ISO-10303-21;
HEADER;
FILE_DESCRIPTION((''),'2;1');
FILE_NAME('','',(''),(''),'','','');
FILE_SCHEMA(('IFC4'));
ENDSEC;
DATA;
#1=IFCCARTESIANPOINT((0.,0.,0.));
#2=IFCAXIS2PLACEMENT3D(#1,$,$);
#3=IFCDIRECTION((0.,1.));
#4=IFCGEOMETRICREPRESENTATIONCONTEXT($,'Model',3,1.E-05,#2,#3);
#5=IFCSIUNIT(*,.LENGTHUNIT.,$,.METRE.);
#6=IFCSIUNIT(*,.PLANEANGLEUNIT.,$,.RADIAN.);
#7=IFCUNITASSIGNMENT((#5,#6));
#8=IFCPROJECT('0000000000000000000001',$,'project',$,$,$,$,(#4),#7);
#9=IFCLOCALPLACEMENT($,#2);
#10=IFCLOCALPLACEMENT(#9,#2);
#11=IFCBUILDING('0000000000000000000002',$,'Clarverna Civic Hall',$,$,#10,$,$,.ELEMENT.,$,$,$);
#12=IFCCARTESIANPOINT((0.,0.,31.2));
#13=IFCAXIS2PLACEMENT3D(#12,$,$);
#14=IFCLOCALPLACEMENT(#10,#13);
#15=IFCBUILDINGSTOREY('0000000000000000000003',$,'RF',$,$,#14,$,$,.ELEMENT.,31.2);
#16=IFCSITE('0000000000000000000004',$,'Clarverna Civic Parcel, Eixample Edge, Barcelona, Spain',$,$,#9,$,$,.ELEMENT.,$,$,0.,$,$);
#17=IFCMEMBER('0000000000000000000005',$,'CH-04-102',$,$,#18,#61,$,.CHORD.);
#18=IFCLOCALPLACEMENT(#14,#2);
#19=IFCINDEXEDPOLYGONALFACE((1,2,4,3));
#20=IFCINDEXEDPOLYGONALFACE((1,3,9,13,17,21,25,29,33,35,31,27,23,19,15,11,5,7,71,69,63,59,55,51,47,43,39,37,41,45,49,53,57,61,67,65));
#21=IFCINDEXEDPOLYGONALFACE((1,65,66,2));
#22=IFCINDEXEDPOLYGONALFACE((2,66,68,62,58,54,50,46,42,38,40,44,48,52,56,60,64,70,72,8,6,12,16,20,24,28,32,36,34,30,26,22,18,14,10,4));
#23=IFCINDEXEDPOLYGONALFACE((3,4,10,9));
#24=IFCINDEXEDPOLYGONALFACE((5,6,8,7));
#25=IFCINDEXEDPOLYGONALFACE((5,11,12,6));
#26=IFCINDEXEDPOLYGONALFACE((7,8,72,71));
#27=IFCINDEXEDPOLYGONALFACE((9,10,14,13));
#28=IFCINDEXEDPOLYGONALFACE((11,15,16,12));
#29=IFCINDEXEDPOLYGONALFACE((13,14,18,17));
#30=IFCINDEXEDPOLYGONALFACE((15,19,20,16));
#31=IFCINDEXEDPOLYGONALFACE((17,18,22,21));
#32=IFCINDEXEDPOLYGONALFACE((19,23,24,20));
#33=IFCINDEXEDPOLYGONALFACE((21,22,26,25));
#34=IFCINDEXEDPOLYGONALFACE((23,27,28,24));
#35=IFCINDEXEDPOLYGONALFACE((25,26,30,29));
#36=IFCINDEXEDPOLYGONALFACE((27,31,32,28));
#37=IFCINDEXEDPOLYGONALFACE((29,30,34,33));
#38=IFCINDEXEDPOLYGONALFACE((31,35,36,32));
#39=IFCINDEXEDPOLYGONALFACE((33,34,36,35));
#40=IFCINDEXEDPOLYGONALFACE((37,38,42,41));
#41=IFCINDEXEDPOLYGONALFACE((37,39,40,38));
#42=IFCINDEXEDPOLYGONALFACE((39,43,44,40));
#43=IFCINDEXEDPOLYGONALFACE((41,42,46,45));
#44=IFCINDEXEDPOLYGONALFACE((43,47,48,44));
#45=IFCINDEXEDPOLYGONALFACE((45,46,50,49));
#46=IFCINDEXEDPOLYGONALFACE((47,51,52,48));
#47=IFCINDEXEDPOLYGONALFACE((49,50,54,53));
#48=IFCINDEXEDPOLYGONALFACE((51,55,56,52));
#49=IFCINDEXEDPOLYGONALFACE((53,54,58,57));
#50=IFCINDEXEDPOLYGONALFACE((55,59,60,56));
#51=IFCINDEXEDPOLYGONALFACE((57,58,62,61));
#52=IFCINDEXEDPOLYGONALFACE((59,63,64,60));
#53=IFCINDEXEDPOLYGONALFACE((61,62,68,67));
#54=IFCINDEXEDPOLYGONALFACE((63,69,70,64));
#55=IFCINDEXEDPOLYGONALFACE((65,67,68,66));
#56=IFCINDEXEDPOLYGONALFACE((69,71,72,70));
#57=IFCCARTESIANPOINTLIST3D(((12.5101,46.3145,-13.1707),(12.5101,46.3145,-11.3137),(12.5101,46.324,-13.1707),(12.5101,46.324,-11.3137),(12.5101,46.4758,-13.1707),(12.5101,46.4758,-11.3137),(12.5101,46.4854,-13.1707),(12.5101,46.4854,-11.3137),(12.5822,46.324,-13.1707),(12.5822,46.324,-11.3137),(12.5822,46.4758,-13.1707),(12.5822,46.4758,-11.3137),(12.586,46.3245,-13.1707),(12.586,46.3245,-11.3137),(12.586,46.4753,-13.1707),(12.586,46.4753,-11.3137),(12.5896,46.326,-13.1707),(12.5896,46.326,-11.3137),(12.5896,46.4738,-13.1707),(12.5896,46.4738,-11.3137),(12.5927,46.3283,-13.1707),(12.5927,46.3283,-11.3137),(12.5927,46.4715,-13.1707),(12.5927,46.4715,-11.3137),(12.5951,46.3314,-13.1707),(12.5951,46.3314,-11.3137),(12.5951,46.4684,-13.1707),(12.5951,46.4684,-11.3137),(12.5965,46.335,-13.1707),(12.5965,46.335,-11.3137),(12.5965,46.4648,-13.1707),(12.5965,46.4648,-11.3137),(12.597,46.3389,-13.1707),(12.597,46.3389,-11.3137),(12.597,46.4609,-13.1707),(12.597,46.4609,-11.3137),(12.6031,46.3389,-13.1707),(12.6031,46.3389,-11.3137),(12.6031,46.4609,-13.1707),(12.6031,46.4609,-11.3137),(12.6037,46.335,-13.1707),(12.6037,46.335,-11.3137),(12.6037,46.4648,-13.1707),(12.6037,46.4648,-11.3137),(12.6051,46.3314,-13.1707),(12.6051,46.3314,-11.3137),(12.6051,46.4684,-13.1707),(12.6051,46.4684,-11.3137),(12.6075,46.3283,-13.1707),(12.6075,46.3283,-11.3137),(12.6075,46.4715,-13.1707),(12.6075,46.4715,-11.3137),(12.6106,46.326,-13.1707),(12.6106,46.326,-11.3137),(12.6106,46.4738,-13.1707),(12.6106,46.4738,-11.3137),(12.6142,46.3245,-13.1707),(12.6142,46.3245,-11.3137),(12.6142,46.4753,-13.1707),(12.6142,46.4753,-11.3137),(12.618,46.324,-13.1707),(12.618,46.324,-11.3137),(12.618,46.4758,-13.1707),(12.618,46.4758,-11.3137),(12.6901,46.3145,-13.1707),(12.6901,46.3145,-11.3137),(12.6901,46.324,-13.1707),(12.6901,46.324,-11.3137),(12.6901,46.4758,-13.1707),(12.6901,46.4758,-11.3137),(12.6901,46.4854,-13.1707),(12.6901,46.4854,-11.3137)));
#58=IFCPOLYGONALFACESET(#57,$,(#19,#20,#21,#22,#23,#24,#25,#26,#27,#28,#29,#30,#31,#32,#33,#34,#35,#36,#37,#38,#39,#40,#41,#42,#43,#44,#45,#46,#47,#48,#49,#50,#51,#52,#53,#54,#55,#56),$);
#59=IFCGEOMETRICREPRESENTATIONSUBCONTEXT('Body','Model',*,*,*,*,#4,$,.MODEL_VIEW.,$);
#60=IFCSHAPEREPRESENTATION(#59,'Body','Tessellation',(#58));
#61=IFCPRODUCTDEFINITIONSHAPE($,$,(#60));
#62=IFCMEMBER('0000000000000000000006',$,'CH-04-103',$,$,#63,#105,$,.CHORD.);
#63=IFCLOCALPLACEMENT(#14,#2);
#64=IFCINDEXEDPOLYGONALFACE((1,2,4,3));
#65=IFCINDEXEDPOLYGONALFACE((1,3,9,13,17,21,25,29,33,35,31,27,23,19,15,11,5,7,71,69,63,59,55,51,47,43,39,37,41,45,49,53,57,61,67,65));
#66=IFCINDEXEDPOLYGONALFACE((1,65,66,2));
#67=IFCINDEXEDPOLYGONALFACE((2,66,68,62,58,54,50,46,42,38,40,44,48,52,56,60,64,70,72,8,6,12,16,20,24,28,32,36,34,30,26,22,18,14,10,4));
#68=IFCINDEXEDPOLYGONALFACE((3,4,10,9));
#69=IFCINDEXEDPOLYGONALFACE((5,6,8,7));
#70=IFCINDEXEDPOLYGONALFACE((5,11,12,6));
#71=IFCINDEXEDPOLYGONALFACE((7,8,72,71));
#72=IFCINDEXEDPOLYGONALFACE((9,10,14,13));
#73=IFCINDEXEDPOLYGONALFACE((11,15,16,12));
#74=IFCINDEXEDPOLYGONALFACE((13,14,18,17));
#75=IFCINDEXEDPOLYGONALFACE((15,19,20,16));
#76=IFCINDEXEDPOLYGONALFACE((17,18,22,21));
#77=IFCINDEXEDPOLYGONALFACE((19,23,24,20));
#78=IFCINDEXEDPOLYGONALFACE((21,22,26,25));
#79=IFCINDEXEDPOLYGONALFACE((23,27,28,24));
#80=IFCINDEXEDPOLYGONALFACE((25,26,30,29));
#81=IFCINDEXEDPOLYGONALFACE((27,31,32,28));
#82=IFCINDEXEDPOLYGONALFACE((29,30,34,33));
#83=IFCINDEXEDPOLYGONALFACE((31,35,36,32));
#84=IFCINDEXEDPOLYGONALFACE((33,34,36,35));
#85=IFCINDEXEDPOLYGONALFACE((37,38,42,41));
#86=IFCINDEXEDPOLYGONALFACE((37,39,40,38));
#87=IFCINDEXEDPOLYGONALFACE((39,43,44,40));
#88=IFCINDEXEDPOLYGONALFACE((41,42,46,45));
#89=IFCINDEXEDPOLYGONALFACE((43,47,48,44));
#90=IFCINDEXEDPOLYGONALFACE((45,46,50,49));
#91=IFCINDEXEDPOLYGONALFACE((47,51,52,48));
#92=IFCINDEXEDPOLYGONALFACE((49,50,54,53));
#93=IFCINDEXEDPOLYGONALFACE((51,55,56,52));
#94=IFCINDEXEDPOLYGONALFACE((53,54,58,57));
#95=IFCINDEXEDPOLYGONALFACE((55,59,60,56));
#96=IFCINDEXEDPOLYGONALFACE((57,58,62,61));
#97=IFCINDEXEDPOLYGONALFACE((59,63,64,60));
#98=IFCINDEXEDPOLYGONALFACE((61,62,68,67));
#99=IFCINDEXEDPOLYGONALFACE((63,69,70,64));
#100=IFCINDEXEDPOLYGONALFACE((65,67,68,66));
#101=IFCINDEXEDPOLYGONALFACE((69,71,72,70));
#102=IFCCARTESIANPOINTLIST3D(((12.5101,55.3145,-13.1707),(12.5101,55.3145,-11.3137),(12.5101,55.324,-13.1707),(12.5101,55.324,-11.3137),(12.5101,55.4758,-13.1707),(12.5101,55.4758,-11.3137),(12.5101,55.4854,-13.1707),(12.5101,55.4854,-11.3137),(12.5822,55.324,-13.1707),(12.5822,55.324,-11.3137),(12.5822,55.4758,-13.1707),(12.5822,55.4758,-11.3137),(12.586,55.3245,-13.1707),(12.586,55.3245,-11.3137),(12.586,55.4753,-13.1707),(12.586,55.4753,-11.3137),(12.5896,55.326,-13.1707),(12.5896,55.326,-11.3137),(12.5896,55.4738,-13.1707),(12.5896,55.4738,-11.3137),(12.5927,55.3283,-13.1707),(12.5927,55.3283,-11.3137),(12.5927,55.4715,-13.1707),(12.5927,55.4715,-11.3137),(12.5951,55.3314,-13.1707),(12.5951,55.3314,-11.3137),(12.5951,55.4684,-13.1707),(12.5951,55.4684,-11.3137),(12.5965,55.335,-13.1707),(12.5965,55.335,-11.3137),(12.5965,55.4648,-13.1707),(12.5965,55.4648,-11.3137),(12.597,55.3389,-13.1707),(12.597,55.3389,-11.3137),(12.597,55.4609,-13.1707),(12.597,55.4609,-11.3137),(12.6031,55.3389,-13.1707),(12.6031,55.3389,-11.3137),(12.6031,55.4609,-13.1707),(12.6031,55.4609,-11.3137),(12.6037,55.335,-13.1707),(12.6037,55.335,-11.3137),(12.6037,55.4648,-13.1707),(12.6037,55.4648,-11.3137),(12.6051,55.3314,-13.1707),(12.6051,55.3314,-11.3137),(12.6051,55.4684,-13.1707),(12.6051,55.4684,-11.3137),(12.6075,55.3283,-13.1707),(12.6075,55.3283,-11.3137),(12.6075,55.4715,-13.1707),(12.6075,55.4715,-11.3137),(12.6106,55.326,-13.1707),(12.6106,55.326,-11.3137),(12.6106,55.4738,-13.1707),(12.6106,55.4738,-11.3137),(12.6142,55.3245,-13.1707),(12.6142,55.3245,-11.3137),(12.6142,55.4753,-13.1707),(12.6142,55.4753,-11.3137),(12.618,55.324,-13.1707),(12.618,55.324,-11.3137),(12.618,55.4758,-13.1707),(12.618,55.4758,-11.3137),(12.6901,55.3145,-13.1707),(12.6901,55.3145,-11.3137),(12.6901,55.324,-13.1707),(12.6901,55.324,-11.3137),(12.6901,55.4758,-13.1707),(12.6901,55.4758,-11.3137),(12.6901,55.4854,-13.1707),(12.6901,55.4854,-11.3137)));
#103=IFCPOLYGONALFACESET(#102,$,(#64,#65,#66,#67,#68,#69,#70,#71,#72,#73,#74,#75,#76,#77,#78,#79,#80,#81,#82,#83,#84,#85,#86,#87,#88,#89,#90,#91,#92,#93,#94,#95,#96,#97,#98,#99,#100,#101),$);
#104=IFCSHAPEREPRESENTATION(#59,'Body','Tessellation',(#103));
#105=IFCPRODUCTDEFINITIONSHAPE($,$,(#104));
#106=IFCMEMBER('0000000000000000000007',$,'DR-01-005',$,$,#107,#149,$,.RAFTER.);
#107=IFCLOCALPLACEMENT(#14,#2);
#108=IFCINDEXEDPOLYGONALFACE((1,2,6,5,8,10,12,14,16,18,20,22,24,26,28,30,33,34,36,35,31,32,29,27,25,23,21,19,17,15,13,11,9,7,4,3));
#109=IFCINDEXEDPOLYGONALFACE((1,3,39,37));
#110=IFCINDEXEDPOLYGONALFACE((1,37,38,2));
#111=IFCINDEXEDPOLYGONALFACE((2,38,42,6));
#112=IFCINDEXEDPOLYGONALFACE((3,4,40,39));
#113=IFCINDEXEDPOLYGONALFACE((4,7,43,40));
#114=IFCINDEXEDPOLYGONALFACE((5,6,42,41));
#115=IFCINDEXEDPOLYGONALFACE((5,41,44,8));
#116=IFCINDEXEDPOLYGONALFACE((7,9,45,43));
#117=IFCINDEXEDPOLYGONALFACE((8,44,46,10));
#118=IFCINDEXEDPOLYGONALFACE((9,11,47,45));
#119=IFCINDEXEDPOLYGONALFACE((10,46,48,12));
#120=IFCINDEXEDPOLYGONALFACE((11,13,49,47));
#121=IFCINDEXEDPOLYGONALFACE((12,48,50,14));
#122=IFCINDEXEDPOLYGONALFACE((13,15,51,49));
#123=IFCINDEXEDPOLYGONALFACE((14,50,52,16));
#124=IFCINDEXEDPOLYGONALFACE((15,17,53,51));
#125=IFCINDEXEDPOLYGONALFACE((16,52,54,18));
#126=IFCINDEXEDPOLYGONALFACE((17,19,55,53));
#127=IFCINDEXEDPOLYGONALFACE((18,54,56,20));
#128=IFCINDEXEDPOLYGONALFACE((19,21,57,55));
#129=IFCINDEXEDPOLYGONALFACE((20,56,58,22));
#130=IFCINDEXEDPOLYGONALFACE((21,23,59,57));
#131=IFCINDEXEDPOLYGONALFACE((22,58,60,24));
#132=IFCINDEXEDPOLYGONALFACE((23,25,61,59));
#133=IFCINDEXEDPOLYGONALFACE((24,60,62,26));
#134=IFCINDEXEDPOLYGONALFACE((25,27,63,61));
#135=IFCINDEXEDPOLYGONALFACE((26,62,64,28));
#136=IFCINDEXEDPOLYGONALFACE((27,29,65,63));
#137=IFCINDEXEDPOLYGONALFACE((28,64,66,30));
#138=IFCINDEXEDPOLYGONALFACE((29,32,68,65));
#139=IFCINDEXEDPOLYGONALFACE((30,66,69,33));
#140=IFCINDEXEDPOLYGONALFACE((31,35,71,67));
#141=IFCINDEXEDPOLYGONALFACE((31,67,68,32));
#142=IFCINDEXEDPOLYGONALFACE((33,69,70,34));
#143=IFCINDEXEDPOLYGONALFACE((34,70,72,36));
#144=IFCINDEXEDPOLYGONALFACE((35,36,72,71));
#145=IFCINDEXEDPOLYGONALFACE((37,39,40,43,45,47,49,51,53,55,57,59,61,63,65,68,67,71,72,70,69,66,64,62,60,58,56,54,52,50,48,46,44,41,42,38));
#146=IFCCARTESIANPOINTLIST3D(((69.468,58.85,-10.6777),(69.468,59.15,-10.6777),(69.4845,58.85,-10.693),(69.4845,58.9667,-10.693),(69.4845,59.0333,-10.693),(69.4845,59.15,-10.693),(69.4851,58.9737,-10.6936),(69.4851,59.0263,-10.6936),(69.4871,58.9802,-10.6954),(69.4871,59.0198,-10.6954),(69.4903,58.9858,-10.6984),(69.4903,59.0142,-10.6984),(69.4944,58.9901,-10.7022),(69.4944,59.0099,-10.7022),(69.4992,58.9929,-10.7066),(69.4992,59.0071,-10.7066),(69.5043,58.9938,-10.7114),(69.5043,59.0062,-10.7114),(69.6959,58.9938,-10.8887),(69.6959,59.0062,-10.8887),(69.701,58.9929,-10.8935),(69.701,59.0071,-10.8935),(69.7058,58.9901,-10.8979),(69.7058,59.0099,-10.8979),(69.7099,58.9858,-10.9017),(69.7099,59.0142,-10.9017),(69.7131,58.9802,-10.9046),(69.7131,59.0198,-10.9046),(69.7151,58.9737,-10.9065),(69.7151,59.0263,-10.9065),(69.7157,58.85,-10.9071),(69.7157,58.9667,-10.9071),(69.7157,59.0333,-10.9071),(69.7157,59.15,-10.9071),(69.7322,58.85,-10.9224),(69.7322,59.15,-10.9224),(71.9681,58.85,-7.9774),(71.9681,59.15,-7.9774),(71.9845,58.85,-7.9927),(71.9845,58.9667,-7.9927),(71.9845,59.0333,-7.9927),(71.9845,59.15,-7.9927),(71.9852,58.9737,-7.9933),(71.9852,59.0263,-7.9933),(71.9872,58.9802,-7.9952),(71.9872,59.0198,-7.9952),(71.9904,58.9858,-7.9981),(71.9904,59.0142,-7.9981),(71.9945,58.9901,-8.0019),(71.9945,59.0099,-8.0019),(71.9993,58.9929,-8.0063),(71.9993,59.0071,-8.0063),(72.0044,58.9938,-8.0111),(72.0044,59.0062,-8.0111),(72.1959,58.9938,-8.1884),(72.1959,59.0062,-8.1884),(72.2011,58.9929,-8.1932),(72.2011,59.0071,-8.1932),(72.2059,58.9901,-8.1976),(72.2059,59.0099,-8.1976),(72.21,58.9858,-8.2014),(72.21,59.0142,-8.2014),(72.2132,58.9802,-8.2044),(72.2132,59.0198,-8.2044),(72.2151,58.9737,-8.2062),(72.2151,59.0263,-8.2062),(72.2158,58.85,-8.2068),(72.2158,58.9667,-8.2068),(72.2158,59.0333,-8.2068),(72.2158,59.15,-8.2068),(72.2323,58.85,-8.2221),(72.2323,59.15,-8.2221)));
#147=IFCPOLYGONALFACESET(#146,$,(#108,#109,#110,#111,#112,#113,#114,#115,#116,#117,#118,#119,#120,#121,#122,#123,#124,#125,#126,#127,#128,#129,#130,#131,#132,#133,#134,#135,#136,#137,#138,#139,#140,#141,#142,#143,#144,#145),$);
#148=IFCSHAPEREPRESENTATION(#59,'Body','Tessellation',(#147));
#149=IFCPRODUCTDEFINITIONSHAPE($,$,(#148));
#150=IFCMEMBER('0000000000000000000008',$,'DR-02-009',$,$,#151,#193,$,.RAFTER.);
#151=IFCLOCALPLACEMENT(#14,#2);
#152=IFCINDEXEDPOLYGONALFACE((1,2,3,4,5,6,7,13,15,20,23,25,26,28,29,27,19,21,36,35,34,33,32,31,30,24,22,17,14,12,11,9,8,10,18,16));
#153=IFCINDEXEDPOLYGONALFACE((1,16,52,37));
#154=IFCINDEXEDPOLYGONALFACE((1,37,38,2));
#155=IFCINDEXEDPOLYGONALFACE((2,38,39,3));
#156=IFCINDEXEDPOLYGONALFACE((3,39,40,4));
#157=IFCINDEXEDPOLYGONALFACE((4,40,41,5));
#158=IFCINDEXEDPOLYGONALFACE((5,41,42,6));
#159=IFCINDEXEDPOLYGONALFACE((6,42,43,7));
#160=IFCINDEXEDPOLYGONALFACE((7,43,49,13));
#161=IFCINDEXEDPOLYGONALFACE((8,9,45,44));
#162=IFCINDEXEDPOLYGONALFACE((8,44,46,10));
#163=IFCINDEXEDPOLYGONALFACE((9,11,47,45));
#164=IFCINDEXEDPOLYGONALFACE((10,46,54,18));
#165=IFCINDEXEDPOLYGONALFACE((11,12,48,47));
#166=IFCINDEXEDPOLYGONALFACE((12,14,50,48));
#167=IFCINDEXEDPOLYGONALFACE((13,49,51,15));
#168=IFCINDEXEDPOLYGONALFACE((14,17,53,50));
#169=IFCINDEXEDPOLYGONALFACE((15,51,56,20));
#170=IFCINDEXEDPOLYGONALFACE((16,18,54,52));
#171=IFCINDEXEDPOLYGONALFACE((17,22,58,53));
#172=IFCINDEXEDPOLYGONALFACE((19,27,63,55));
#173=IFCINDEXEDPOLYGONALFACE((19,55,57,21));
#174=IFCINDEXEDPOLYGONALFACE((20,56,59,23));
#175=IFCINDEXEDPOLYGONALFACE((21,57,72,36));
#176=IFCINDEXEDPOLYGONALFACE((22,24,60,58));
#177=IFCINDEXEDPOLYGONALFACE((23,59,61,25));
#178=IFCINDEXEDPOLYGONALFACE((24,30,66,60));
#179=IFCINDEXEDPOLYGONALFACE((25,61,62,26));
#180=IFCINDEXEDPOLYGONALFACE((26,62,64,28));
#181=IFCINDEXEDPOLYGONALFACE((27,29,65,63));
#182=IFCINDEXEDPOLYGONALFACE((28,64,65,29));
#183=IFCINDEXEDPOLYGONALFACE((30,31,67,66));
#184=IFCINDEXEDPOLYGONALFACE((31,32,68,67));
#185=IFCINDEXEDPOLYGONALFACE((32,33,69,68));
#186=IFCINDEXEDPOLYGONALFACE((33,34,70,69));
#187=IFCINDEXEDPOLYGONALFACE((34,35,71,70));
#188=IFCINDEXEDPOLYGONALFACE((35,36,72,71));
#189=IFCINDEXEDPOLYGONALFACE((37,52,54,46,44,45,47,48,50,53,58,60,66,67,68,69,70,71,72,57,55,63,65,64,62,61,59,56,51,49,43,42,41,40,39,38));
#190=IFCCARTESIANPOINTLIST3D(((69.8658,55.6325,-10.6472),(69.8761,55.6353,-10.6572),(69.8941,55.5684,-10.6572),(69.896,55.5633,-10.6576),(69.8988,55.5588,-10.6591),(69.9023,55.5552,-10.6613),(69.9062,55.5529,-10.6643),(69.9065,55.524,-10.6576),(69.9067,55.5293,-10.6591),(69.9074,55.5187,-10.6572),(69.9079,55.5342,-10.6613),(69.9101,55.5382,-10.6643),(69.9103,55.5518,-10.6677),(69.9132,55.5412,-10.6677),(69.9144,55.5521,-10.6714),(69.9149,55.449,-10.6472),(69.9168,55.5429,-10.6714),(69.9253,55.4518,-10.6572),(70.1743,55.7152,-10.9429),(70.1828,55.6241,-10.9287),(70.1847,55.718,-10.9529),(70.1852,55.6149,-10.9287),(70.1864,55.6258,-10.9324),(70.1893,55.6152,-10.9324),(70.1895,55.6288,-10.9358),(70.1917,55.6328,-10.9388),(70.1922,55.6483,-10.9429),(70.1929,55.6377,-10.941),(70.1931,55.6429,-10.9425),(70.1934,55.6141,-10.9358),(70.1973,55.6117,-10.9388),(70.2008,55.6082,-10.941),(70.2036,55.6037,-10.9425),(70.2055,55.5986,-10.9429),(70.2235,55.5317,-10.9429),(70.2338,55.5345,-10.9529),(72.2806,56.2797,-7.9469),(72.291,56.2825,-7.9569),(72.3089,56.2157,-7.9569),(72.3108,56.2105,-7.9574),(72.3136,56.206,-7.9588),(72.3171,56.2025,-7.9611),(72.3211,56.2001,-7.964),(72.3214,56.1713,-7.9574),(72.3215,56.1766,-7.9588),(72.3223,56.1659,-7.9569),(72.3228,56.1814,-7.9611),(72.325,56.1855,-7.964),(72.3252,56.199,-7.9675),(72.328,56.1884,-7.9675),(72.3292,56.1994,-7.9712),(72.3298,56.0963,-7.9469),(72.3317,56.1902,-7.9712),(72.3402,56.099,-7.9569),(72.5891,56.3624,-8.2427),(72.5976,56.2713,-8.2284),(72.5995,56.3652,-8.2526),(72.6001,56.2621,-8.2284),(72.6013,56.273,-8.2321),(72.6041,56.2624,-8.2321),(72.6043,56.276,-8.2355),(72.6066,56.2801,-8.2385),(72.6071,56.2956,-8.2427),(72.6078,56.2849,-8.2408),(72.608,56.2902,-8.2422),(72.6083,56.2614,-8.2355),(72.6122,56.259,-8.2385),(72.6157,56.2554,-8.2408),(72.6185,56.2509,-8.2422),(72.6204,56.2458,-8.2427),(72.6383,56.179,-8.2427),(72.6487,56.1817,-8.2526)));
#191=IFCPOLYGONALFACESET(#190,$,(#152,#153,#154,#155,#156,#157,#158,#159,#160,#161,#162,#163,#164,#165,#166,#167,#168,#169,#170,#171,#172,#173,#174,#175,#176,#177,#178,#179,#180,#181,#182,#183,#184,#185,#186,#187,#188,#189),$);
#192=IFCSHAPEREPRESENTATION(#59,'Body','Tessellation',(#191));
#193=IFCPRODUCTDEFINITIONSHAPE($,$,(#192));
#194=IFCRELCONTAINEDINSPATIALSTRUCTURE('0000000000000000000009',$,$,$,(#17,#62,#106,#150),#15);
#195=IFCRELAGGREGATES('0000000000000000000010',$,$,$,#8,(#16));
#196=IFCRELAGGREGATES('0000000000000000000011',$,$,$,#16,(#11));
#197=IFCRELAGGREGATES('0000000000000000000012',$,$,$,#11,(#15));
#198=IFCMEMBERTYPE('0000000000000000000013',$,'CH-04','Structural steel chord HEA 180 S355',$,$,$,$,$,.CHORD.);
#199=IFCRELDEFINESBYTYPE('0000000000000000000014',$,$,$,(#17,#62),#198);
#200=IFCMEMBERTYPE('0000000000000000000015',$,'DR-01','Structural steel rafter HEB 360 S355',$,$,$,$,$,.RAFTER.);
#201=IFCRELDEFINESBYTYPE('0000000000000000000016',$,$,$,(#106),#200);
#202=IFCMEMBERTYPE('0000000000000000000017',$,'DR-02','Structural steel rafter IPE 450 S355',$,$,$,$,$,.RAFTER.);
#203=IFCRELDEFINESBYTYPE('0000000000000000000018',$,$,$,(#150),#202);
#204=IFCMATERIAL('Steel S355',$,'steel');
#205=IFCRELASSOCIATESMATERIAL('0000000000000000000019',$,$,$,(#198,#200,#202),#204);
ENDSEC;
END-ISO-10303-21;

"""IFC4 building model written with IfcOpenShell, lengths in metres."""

from ifc_helpers import new_model, si_unit, direction, frame, origin, origin_2d, place, context, subcontext, project, spatial, i_section, extrude, material, material_profile, profile_set, type_object, element, save


model = new_model("IFC4")

# Units and contexts
model_context = context("Model", 3, precision=1e-05, world=origin(), true_north=direction((0.0, 1.0)))
body_context = subcontext(model_context, "Body", "Model", "MODEL_VIEW")
ifc_project = project(units=[si_unit("LENGTHUNIT", "METRE"), si_unit("PLANEANGLEUNIT", "RADIAN")], contexts=[model_context])

# Site, building, storey
site_placement = place(None, origin())
site = spatial("IfcSite", under=ifc_project, at=site_placement, Name="Clarverna Civic Parcel, Eixample Edge, Barcelona, Spain", CompositionType="ELEMENT", RefElevation=0.0)
building_placement = place(site_placement, origin())
building = spatial("IfcBuilding", under=site, at=building_placement, Name="Clarverna Civic Hall", CompositionType="ELEMENT")
storey_placement = place(building_placement, frame((0.0, 0.0, 31.2)))
storey = spatial("IfcBuildingStorey", under=building, at=storey_placement, Name="RF", CompositionType="ELEMENT", Elevation=31.2)

# Members
ifc_material_1 = material(Name="Steel S355", Category="steel")
ifc_material_profile_1 = material_profile(ifc_material_1, i_section(OverallWidth=0.1799, OverallDepth=0.1709, WebThickness=0.0061, FlangeThickness=0.0095, FilletRadius=0.0149, at=origin_2d()), Name="HEA 180")
ifc_profile_set_1 = profile_set([ifc_material_profile_1], Name="Steel S355")
member_type_1 = type_object("IfcMemberType", Name="CH-04", Description="Structural steel chord HEA 180 S355", PredefinedType="CHORD", material=ifc_profile_set_1)
for number, where, z_axis, x_axis, name in (
    (1, (12.6001, 46.3999, -13.1707), (0.0, 0.0, 1.0), (1.0, 0.0, 0.0), "CH-04-102"),
    (2, (12.6001, 55.3999, -13.1707), (0.0, 0.0, 1.0), (1.0, 0.0, 0.0), "CH-04-103"),
):
    element("IfcMember", number, at=place(storey_placement, frame(where, z_axis=z_axis, x_axis=x_axis)), inside=storey, type_object=member_type_1, Name=name, PredefinedType="CHORD", context=body_context, shape_type="SweptSolid", body=[
        extrude(i_section(OverallWidth=0.1799, OverallDepth=0.1709, WebThickness=0.0061, FlangeThickness=0.0095, FilletRadius=0.0149, at=origin_2d()), origin(), (0.0, 0.0, 1.0), 1.8569),
    ])
ifc_material_profile_2 = material_profile(ifc_material_1, i_section(OverallWidth=0.3, OverallDepth=0.3601, WebThickness=0.0125, FlangeThickness=0.0225, FilletRadius=0.0271, at=origin_2d()), Name="HEB 360")
ifc_profile_set_2 = profile_set([ifc_material_profile_2], Name="Steel S355")
member_type_2 = type_object("IfcMemberType", Name="DR-01", Description="Structural steel rafter HEB 360 S355", PredefinedType="RAFTER", material=ifc_profile_set_2)
member_1_placement = place(storey_placement, frame((69.6001, 59.0, -10.8), z_axis=(0.679382, 0.0, 0.733785), x_axis=(0.0, 1.0, 0.0)))
element("IfcMember", 3, at=member_1_placement, inside=storey, type_object=member_type_2, Name="DR-01-005", PredefinedType="RAFTER", context=body_context, shape_type="SweptSolid", body=[
    extrude(i_section(OverallWidth=0.3, OverallDepth=0.3601, WebThickness=0.0125, FlangeThickness=0.0225, FilletRadius=0.0271, at=origin_2d()), origin(), (0.0, 0.0, 1.0), 3.6799),
])
ifc_material_profile_3 = material_profile(ifc_material_1, i_section(OverallWidth=0.1899, OverallDepth=0.45, WebThickness=0.0095, FlangeThickness=0.0146, FilletRadius=0.021, at=origin_2d()), Name="IPE 450")
ifc_profile_set_3 = profile_set([ifc_material_profile_3], Name="Steel S355")
member_type_3 = type_object("IfcMemberType", Name="DR-02", Description="Structural steel rafter IPE 450 S355", PredefinedType="RAFTER", material=ifc_profile_set_3)
member_2_placement = place(storey_placement, frame((70.0498, 55.5835, -10.8), z_axis=(0.656224, 0.175882, 0.733782), x_axis=(-0.258884, 0.965908, 0.0)))
element("IfcMember", 4, at=member_2_placement, inside=storey, type_object=member_type_3, Name="DR-02-009", PredefinedType="RAFTER", context=body_context, shape_type="SweptSolid", body=[
    extrude(i_section(OverallWidth=0.1899, OverallDepth=0.45, WebThickness=0.0095, FlangeThickness=0.0146, FilletRadius=0.021, at=origin_2d()), origin(), (0.0, 0.0, 1.0), 3.6799),
])

save(model, "model.ifc")
